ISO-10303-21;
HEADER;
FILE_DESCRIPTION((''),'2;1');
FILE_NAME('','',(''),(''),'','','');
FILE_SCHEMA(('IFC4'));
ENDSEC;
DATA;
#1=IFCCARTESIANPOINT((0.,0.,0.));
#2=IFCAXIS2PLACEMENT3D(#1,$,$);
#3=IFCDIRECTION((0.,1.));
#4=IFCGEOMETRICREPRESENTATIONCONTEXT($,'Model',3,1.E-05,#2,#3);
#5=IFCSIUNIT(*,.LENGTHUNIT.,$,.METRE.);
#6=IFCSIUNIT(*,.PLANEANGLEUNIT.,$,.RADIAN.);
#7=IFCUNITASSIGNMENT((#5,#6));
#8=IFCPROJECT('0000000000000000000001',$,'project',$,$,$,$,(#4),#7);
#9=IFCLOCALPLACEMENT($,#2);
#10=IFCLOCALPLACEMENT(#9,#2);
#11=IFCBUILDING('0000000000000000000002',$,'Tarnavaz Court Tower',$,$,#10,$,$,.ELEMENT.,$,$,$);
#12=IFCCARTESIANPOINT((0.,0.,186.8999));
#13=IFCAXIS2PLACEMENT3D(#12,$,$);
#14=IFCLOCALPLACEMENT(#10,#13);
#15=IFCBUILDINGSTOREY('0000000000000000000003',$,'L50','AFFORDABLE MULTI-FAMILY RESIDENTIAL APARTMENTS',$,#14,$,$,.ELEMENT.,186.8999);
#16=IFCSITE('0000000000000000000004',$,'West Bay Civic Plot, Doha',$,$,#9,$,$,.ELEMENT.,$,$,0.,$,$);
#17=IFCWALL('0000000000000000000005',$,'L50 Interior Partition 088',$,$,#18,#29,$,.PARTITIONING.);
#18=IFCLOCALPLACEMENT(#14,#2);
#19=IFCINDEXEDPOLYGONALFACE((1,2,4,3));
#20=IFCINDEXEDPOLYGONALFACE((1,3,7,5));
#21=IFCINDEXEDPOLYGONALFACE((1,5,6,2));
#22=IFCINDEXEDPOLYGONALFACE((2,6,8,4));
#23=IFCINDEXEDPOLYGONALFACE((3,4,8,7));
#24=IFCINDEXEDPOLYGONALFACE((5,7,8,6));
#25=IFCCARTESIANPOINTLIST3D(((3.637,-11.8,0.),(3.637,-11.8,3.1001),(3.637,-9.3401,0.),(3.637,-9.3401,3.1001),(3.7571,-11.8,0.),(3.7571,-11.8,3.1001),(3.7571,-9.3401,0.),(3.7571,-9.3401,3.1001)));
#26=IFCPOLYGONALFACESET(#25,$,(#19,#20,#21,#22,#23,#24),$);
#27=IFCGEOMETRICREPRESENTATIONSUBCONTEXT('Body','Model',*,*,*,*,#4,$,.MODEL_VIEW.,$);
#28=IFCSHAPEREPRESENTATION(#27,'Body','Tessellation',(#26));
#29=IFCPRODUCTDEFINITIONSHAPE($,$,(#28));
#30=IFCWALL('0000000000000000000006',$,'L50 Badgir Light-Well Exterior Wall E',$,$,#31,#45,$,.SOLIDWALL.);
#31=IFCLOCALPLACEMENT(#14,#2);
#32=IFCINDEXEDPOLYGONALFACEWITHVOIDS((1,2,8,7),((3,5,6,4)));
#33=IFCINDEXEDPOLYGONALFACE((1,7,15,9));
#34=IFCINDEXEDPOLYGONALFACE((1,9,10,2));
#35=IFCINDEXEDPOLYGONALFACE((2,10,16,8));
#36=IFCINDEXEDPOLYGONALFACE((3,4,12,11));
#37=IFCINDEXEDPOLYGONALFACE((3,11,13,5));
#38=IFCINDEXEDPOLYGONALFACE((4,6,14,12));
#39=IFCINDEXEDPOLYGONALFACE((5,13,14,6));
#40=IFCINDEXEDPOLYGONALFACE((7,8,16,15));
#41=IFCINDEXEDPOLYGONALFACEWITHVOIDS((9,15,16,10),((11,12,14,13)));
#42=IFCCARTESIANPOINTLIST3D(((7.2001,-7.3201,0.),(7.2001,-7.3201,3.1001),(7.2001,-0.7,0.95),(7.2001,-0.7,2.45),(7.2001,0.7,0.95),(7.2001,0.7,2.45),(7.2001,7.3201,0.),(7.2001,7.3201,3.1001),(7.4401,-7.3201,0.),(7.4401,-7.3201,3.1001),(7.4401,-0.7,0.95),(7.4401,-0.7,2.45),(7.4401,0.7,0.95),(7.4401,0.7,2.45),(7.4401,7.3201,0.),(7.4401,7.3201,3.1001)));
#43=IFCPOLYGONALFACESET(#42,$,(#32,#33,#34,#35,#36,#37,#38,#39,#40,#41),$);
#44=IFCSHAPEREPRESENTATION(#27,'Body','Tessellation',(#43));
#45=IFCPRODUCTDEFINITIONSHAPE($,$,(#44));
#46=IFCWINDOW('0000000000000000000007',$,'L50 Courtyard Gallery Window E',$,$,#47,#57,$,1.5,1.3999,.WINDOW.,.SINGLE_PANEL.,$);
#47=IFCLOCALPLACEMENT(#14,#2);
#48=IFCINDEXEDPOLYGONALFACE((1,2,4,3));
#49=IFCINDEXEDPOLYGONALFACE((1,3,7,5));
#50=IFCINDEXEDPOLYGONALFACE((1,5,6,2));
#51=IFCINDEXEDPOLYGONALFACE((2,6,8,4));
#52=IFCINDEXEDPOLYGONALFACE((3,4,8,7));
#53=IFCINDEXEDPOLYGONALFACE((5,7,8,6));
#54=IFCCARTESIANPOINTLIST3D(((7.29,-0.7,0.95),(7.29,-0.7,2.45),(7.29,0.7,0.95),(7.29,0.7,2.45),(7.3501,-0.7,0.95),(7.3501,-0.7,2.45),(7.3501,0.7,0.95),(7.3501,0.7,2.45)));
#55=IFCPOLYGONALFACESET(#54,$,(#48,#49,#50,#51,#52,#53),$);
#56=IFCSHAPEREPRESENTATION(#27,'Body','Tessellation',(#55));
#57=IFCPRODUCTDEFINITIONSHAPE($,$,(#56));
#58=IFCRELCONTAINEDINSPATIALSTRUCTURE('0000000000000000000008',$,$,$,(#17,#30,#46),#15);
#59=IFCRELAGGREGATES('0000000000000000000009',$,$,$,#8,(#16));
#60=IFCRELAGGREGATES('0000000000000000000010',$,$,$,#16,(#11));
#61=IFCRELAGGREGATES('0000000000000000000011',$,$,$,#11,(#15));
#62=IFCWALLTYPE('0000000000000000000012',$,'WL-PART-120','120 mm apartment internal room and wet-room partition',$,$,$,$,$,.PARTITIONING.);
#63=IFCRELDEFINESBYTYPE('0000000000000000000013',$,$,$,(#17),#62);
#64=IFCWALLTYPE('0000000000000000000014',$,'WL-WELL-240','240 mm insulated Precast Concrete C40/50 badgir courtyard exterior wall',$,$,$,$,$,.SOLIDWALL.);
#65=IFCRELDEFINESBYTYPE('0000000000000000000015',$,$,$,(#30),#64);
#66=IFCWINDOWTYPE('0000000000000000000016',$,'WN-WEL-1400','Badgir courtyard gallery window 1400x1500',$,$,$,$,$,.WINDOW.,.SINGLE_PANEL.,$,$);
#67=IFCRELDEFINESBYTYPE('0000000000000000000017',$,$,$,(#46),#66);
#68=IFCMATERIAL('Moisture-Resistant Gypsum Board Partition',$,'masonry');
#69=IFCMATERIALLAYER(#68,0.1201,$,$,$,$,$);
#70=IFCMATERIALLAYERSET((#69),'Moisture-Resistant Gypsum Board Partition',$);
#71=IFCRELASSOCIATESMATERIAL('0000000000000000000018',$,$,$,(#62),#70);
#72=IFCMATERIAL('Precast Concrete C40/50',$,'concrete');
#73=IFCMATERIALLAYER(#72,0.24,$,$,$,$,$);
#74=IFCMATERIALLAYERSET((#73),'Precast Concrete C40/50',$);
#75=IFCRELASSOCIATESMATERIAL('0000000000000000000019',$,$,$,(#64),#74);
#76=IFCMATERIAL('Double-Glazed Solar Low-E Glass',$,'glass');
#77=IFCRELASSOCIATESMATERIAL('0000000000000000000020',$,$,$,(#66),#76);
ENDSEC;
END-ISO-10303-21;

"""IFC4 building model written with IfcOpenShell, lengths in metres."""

from ifc_helpers import new_model, si_unit, direction, frame, frame_2d, origin, place, context, subcontext, project, spatial, rectangle, extrude, material, layer, layer_set, type_object, element, fill, save


model = new_model("IFC4")

# Units and contexts
model_context = context("Model", 3, precision=1e-05, world=origin(), true_north=direction((0.0, 1.0)))
body_context = subcontext(model_context, "Body", "Model", "MODEL_VIEW")
ifc_project = project(units=[si_unit("LENGTHUNIT", "METRE"), si_unit("PLANEANGLEUNIT", "RADIAN")], contexts=[model_context])

# Site, building, storey
site_placement = place(None, origin())
site = spatial("IfcSite", under=ifc_project, at=site_placement, Name="West Bay Civic Plot, Doha", CompositionType="ELEMENT", RefElevation=0.0)
building_placement = place(site_placement, origin())
building = spatial("IfcBuilding", under=site, at=building_placement, Name="Tarnavaz Court Tower", CompositionType="ELEMENT")
storey_placement = place(building_placement, frame((0.0, 0.0, 186.8999)))
storey = spatial("IfcBuildingStorey", under=building, at=storey_placement, Name="L50", Description="AFFORDABLE MULTI-FAMILY RESIDENTIAL APARTMENTS", CompositionType="ELEMENT", Elevation=186.8999)

# Shared definitions
ifc_material_1 = material(Name="Moisture-Resistant Gypsum Board Partition", Category="masonry")
ifc_layer_1 = layer(ifc_material_1, 0.1201)
ifc_layer_set_1 = layer_set([ifc_layer_1], Name="Moisture-Resistant Gypsum Board Partition")
wall_type_1 = type_object("IfcWallType", Name="WL-PART-120", Description="120 mm apartment internal room and wet-room partition", PredefinedType="PARTITIONING", material=ifc_layer_set_1)

# Wall
wall_1_placement = place(storey_placement, frame((3.697, -11.8, 0.0), z_axis=(0.0, 0.0, 1.0), x_axis=(0.0, 1.0, 0.0)))
element("IfcWall", 1, at=wall_1_placement, inside=storey, type_object=wall_type_1, Name="L50 Interior Partition 088", PredefinedType="PARTITIONING", context=body_context, shape_type="SweptSolid", body=[
    extrude(rectangle(XDim=2.46, YDim=0.1201, at=frame_2d((1.23, 0.0))), origin(), (0.0, 0.0, 1.0), 3.1001),
])

# Wall, opening, window
ifc_material_2 = material(Name="Precast Concrete C40/50", Category="concrete")
ifc_layer_2 = layer(ifc_material_2, 0.24)
ifc_layer_set_2 = layer_set([ifc_layer_2], Name="Precast Concrete C40/50")
wall_type_2 = type_object("IfcWallType", Name="WL-WELL-240", Description="240 mm insulated Precast Concrete C40/50 badgir courtyard exterior wall", PredefinedType="SOLIDWALL", material=ifc_layer_set_2)
wall_2_placement = place(storey_placement, frame((7.3201, -7.3201, 0.0), z_axis=(0.0, 0.0, 1.0), x_axis=(0.0, 1.0, 0.0)))
wall_2 = element("IfcWall", 2, at=wall_2_placement, inside=storey, type_object=wall_type_2, Name="L50 Badgir Light-Well Exterior Wall E", PredefinedType="SOLIDWALL", context=body_context, shape_type="SweptSolid", body=[
    extrude(rectangle(XDim=14.6401, YDim=0.24, at=frame_2d((7.3201, 0.0))), origin(), (0.0, 0.0, 1.0), 3.1001),
])
opening_1_placement = place(wall_2_placement, frame((6.6201, 0.0, 0.95)))
opening_1 = element("IfcOpeningElement", 3, at=opening_1_placement, cuts=wall_2, PredefinedType="OPENING", context=body_context, shape_type="SweptSolid", body=[
    extrude(rectangle(XDim=1.3999, YDim=1.5, at=frame_2d((0.7, 0.75))), frame((0.0, 0.1299, 0.0), z_axis=(0.0, -1.0, 0.0), x_axis=(1.0, 0.0, 0.0)), (0.0, 0.0, 1.0), 0.26),
])
ifc_material_3 = material(Name="Double-Glazed Solar Low-E Glass", Category="glass")
window_type = type_object("IfcWindowType", Name="WN-WEL-1400", Description="Badgir courtyard gallery window 1400x1500", PartitioningType="SINGLE_PANEL", PredefinedType="WINDOW", material=ifc_material_3)
window_placement = place(opening_1_placement, origin())
window = element("IfcWindow", 4, at=window_placement, inside=storey, type_object=window_type, Name="L50 Courtyard Gallery Window E", OverallHeight=1.5, OverallWidth=1.3999, PartitioningType="SINGLE_PANEL", PredefinedType="WINDOW", context=body_context, shape_type="SweptSolid", body=[
    extrude(rectangle(XDim=1.3999, YDim=1.5, at=frame_2d((0.7, 0.75))), frame((0.0, 0.03, 0.0), z_axis=(0.0, -1.0, 0.0), x_axis=(1.0, 0.0, 0.0)), (0.0, 0.0, 1.0), 0.0601),
])
fill(opening_1, window)

save(model, "model.ifc")
